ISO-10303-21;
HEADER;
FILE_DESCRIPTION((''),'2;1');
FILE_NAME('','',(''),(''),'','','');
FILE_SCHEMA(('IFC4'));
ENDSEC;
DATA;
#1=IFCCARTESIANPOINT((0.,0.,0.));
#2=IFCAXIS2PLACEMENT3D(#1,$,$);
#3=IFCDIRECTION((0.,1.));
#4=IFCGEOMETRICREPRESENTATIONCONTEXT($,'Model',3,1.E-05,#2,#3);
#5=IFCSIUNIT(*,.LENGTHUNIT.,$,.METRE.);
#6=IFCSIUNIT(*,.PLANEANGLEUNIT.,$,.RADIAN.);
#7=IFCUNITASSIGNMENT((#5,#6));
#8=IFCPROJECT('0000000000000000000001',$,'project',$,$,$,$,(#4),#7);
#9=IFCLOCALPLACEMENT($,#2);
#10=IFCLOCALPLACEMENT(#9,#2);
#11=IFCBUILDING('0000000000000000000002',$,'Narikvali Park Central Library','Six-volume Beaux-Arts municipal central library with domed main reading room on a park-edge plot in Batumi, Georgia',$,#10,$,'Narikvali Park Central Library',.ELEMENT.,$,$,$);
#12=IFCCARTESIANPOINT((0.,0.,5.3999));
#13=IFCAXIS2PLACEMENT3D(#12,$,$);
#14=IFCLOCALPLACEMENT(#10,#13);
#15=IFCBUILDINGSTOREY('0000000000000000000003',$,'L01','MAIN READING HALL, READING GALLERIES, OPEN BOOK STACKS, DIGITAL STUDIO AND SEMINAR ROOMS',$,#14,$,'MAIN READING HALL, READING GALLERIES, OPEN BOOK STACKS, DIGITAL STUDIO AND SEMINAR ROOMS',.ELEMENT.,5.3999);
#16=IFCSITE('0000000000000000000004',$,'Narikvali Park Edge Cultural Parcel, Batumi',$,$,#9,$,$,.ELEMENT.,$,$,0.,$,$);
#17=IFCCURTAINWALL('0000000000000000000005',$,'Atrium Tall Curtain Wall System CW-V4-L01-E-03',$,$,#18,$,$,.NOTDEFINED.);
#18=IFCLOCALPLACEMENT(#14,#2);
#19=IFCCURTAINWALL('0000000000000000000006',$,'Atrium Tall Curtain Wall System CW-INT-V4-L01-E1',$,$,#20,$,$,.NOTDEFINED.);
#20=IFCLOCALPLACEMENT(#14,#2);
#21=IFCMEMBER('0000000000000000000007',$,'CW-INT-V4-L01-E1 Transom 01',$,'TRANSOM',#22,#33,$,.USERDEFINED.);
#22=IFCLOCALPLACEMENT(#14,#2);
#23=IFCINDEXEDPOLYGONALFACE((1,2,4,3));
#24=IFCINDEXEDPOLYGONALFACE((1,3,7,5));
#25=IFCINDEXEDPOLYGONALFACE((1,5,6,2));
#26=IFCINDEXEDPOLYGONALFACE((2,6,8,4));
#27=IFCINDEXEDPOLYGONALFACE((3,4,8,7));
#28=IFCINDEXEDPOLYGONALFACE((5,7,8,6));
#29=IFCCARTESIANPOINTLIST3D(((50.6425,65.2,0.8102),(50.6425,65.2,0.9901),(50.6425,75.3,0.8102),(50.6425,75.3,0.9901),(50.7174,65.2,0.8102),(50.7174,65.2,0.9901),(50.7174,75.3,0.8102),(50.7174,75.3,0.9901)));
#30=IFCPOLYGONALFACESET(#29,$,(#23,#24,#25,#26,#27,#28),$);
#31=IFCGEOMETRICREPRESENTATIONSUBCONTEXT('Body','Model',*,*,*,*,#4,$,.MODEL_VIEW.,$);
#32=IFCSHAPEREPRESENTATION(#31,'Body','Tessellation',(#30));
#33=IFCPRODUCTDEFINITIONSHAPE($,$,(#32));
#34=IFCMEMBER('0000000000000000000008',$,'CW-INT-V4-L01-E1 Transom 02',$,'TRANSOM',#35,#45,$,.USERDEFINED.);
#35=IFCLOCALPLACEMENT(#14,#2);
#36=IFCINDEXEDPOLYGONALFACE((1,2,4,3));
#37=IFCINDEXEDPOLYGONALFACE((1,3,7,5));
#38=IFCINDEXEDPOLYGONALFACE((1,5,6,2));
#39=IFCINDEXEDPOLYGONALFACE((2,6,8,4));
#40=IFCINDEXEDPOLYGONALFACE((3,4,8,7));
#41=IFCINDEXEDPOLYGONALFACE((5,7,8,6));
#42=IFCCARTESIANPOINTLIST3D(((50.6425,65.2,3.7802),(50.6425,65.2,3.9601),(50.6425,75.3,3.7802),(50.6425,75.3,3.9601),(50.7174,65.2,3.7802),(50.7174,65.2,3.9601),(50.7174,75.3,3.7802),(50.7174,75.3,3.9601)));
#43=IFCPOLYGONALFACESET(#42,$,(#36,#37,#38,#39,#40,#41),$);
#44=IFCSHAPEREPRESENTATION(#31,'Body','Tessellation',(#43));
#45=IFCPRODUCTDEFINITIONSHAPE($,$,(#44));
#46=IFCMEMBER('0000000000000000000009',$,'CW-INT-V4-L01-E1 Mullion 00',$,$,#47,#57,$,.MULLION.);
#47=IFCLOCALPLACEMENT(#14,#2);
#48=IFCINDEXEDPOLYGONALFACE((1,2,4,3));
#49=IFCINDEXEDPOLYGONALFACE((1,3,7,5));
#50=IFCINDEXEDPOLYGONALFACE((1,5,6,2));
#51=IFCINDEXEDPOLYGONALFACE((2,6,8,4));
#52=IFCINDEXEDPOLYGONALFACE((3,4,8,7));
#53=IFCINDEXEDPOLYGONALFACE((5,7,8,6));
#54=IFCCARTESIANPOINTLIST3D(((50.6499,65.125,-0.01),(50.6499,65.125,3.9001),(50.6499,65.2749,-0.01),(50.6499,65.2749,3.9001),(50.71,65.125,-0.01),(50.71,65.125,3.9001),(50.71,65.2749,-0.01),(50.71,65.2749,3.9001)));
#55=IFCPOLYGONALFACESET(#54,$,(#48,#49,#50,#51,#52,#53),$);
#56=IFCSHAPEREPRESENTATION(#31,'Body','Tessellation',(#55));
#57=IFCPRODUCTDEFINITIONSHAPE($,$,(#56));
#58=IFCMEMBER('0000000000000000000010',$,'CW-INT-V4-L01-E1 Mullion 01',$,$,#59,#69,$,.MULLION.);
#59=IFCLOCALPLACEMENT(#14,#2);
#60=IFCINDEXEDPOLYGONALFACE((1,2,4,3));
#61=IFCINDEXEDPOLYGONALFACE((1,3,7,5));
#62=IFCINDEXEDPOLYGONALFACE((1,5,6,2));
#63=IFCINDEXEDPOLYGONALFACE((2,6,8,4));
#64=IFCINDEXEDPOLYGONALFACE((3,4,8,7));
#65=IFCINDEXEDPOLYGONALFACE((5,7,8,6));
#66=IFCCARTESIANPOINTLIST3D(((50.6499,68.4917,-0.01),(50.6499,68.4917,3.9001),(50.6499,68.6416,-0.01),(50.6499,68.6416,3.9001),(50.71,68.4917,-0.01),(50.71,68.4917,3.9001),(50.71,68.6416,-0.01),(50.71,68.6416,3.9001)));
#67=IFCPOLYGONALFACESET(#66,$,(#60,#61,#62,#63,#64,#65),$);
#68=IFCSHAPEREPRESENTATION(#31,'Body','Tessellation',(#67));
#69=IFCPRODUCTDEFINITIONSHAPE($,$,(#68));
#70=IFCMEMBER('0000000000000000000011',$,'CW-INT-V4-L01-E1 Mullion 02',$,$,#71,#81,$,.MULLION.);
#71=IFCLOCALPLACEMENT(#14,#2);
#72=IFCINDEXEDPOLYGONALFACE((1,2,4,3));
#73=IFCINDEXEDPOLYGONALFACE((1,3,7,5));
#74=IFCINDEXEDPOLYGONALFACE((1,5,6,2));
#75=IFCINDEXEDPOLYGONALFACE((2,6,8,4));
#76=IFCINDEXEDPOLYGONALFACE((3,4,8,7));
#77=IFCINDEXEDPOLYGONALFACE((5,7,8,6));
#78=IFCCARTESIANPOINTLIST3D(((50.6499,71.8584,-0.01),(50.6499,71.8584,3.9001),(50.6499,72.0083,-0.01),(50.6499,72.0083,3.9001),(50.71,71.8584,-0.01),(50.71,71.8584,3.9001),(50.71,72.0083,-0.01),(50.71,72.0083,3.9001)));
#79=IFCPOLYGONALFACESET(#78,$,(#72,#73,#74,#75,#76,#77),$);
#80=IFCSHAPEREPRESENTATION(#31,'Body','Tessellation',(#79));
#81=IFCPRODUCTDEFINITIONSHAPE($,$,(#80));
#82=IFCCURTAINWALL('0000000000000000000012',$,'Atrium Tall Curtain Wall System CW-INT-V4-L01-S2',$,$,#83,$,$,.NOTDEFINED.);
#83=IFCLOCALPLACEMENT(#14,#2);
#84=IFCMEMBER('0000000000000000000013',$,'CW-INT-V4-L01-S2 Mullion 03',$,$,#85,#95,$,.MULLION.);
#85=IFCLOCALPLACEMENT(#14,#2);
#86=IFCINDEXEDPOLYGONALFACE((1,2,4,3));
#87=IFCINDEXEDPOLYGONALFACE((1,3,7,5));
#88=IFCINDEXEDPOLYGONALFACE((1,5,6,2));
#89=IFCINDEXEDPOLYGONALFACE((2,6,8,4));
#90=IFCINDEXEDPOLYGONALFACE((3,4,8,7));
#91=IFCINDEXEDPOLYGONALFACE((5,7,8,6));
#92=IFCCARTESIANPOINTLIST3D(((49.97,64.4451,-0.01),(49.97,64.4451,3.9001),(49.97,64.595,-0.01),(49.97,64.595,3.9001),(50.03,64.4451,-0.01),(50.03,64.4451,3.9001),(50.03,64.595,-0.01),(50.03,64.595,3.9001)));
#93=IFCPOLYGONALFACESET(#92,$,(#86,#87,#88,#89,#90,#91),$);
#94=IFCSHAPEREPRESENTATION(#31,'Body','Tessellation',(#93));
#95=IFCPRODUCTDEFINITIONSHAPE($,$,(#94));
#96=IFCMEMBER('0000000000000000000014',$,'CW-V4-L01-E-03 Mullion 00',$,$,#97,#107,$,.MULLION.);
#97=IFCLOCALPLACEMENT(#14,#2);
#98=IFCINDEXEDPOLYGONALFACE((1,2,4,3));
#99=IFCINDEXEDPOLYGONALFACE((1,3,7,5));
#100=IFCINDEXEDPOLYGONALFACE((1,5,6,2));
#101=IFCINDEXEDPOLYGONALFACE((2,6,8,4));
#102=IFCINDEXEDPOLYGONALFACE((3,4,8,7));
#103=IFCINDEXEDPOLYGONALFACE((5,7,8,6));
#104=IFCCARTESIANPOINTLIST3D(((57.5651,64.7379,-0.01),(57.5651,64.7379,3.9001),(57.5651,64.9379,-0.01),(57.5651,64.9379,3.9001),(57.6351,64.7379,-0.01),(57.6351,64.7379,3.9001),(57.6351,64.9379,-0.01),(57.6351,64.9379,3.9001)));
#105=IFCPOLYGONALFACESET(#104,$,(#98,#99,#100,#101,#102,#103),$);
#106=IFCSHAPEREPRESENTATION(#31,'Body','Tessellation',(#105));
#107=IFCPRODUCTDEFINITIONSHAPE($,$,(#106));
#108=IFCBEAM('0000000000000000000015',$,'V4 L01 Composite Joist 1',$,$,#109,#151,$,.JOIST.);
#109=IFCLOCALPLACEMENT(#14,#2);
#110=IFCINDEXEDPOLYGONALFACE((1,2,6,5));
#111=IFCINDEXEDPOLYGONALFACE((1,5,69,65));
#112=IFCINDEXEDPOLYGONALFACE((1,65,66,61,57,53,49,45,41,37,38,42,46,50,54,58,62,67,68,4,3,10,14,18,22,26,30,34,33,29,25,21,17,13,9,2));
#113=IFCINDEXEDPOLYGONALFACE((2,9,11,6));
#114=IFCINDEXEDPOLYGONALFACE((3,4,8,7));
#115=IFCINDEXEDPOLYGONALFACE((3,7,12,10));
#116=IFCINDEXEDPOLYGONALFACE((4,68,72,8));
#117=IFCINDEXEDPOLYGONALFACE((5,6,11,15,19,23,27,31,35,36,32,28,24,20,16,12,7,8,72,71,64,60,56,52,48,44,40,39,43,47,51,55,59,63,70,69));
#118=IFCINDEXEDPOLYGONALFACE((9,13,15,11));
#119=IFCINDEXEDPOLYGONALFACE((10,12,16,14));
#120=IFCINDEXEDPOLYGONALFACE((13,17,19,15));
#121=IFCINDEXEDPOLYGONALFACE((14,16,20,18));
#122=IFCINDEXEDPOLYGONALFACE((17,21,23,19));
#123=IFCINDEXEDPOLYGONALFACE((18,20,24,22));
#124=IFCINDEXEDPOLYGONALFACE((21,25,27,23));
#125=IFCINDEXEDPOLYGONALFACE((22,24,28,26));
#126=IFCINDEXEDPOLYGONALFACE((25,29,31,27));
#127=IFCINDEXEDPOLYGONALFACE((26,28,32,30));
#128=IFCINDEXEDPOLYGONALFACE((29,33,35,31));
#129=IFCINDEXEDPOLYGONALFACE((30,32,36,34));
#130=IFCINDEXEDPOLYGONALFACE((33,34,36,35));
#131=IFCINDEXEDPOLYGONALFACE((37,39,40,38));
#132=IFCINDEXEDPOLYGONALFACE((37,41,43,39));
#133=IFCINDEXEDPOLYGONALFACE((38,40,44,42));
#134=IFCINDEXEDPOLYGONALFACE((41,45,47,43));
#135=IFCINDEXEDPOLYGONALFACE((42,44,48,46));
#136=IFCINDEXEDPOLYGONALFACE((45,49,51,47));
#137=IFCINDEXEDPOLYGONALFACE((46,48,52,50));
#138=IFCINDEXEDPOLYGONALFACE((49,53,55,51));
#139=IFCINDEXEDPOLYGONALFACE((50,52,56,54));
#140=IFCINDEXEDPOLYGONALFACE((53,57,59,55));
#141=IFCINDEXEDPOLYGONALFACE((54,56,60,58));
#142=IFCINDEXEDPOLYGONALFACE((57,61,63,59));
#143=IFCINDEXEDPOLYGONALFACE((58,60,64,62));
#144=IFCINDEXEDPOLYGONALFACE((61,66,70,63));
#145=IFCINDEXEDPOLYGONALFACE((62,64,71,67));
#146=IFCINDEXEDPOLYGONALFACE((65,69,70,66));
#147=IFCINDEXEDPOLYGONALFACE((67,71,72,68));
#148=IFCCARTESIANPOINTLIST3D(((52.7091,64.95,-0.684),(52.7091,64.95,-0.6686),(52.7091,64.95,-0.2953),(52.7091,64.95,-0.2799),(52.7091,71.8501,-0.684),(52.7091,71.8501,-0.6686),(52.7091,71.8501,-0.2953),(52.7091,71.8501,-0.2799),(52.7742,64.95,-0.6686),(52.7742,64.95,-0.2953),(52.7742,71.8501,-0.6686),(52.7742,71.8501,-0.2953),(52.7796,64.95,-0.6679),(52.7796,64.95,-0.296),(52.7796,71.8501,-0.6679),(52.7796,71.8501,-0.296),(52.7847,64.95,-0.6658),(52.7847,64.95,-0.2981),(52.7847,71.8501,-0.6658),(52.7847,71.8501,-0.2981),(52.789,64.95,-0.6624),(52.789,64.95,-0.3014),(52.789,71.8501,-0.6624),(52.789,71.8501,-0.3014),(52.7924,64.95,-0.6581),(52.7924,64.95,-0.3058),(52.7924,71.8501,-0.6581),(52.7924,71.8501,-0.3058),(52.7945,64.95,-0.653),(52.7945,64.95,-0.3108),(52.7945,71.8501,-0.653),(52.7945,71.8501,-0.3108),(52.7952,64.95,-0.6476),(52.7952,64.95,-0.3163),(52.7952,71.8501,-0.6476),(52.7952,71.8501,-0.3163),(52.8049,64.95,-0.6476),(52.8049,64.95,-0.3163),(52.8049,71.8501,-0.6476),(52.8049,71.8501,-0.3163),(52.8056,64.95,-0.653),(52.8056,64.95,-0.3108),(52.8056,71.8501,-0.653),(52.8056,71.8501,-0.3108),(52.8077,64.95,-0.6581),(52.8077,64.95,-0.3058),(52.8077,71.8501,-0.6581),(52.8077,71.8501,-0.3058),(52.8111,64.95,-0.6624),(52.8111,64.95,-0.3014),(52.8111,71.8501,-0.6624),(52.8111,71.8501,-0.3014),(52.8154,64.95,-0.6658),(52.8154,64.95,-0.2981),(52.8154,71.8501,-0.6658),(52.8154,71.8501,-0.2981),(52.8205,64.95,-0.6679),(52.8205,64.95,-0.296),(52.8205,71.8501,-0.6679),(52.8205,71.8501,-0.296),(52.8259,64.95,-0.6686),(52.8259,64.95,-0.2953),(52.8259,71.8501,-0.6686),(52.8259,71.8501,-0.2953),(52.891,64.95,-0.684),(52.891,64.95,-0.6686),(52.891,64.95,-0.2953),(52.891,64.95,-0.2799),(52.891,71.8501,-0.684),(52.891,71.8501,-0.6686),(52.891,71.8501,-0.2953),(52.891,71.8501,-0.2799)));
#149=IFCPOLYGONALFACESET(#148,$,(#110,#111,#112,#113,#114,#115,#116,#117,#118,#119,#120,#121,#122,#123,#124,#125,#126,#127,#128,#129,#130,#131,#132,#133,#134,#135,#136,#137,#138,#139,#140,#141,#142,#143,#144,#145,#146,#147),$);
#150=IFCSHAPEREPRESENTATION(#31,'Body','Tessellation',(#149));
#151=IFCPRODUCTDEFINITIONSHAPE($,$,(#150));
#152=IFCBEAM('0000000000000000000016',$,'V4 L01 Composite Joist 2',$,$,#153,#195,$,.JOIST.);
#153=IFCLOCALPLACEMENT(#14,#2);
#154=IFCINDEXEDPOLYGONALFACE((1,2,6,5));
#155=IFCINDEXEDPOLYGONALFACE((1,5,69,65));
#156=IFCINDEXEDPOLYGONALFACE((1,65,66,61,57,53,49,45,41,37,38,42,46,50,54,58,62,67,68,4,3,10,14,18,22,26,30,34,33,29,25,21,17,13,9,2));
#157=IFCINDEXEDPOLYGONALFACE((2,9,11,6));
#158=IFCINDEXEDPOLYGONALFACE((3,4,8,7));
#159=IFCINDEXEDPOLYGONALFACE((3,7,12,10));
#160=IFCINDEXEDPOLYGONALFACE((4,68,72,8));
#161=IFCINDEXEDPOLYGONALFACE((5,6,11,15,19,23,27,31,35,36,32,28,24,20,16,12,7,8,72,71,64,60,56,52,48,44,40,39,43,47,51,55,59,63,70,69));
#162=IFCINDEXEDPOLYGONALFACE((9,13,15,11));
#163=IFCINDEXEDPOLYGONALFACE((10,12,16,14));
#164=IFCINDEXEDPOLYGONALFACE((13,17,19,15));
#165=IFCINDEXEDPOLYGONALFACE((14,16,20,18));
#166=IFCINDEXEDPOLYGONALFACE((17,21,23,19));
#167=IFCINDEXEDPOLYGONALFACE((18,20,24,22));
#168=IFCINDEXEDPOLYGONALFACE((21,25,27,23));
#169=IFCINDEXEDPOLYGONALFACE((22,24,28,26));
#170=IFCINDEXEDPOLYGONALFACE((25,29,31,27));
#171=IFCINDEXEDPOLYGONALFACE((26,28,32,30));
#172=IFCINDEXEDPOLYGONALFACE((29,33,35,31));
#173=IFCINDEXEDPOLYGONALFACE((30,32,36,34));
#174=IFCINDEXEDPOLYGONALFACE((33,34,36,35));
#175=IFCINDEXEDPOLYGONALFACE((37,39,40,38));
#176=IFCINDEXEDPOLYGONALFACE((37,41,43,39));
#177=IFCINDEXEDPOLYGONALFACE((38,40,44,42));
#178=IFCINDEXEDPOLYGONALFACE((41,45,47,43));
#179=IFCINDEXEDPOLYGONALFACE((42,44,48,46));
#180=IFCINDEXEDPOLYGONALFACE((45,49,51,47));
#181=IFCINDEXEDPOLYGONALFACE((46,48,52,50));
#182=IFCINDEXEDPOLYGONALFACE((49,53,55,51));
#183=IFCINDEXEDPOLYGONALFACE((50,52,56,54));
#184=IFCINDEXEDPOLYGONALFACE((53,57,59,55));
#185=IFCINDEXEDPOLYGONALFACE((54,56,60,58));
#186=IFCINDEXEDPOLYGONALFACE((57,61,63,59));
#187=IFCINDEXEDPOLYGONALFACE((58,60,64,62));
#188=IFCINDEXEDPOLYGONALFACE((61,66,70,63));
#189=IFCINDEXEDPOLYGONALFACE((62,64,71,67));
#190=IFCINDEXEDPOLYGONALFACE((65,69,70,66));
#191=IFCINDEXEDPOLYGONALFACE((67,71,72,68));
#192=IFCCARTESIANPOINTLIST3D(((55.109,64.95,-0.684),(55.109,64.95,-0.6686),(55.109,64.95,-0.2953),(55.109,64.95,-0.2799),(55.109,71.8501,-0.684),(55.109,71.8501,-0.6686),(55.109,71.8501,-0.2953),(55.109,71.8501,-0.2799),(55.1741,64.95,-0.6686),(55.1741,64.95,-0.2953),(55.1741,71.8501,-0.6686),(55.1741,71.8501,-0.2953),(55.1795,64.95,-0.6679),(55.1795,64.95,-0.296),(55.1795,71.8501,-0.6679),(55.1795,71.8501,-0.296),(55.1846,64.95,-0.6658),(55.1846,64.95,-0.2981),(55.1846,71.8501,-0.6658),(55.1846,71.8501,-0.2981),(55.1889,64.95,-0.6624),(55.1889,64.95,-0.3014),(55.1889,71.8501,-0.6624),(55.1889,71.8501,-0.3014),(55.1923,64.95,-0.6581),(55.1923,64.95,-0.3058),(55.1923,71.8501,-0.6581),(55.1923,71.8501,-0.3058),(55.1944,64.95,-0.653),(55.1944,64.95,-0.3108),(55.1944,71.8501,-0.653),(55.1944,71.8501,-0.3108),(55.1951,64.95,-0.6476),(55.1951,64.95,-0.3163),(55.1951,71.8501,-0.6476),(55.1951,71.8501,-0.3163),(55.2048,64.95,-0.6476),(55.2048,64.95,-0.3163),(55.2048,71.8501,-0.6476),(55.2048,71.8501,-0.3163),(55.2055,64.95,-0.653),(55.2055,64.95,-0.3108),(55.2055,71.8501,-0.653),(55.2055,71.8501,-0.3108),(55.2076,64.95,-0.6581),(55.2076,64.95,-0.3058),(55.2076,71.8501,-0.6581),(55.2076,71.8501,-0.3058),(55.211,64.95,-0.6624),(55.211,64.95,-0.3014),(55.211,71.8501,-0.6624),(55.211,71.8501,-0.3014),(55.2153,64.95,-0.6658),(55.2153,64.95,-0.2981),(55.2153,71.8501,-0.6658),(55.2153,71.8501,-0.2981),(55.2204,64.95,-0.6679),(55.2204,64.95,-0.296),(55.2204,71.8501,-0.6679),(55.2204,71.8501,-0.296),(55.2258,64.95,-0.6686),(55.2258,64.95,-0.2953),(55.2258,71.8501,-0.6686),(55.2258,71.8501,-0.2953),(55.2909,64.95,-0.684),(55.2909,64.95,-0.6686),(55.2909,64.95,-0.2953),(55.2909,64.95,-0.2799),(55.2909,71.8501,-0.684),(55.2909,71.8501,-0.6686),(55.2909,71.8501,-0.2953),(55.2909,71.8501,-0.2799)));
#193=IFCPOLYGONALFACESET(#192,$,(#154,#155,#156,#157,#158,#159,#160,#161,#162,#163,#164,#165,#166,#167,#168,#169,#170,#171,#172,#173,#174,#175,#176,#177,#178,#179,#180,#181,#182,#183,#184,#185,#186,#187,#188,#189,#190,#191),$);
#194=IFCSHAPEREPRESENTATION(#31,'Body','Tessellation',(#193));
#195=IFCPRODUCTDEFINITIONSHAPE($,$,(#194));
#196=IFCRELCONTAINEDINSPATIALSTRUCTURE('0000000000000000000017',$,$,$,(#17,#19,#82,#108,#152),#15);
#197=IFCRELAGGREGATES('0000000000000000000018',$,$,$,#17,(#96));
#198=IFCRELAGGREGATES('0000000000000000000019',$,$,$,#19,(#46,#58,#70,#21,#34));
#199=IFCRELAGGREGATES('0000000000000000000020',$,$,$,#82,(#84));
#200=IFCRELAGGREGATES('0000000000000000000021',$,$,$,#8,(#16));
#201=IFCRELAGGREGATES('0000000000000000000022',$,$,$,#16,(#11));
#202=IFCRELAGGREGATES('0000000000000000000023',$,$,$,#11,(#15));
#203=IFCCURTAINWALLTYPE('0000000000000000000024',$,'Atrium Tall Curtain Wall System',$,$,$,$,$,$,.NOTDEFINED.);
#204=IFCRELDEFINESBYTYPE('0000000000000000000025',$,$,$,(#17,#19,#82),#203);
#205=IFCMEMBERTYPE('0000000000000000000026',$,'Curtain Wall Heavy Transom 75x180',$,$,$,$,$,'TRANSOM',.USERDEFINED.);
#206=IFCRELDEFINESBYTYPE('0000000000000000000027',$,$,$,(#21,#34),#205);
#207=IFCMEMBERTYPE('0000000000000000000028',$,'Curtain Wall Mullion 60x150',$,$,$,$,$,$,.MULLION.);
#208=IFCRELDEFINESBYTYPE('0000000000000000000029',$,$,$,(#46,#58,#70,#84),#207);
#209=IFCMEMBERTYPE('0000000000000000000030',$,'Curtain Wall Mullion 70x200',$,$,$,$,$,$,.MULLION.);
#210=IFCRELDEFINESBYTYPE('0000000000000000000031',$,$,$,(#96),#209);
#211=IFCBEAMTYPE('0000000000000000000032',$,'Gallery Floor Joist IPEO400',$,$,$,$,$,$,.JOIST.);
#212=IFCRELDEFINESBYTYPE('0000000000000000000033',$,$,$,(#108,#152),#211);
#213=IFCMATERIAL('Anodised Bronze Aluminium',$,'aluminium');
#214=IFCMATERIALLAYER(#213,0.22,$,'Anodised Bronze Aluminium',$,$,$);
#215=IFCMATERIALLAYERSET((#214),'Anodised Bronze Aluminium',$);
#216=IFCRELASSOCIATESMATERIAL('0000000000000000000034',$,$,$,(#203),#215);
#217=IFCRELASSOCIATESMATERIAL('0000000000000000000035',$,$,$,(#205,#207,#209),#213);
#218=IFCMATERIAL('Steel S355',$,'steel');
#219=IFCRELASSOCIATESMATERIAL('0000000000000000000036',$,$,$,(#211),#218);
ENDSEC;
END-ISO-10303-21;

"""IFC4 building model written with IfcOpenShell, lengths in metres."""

from ifc_helpers import new_model, si_unit, direction, frame, origin, origin_2d, place, context, subcontext, project, spatial, rectangle, i_section, extrude, material, layer, layer_set, material_profile, profile_set, type_object, element, aggregate, save


model = new_model("IFC4")

# Units and contexts
model_context = context("Model", 3, precision=1e-05, world=origin(), true_north=direction((0.0, 1.0)))
body_context = subcontext(model_context, "Body", "Model", "MODEL_VIEW")
ifc_project = project(units=[si_unit("LENGTHUNIT", "METRE"), si_unit("PLANEANGLEUNIT", "RADIAN")], contexts=[model_context])

# Site, building, storey
site_placement = place(None, origin())
site = spatial("IfcSite", under=ifc_project, at=site_placement, Name="Narikvali Park Edge Cultural Parcel, Batumi", CompositionType="ELEMENT", RefElevation=0.0)
building_placement = place(site_placement, origin())
building = spatial("IfcBuilding", under=site, at=building_placement, Name="Narikvali Park Central Library", Description="Six-volume Beaux-Arts municipal central library with domed main reading room on a park-edge plot in Batumi, Georgia", LongName="Narikvali Park Central Library", CompositionType="ELEMENT")
storey_placement = place(building_placement, frame((0.0, 0.0, 5.3999)))
storey = spatial("IfcBuildingStorey", under=building, at=storey_placement, Name="L01", Description="MAIN READING HALL, READING GALLERIES, OPEN BOOK STACKS, DIGITAL STUDIO AND SEMINAR ROOMS", LongName="MAIN READING HALL, READING GALLERIES, OPEN BOOK STACKS, DIGITAL STUDIO AND SEMINAR ROOMS", CompositionType="ELEMENT", Elevation=5.3999)

# Shared definitions
ifc_material_1 = material(Name="Steel S355", Category="steel")

# Curtain walls, members
ifc_material_2 = material(Name="Anodised Bronze Aluminium", Category="aluminium")
ifc_layer_1 = layer(ifc_material_2, 0.22, Name="Anodised Bronze Aluminium")
ifc_layer_set_1 = layer_set([ifc_layer_1], Name="Anodised Bronze Aluminium")
curtain_wall_type = type_object("IfcCurtainWallType", Name="Atrium Tall Curtain Wall System", PredefinedType="NOTDEFINED", material=ifc_layer_set_1)
curtain_wall_1_placement = place(storey_placement, origin())
curtain_wall_1 = element("IfcCurtainWall", 1, at=curtain_wall_1_placement, inside=storey, type_object=curtain_wall_type, Name="Atrium Tall Curtain Wall System CW-V4-L01-E-03", PredefinedType="NOTDEFINED")
ifc_material_profile_1 = material_profile(ifc_material_2, rectangle(XDim=0.075, YDim=0.1799, at=origin_2d()), Name="CW TRANSOM 75x180")
ifc_profile_set_1 = profile_set([ifc_material_profile_1], Name="Anodised Bronze Aluminium")
member_type_1 = type_object("IfcMemberType", Name="Curtain Wall Heavy Transom 75x180", ElementType="TRANSOM", PredefinedType="USERDEFINED", material=ifc_profile_set_1)
curtain_wall_2_placement = place(storey_placement, origin())
curtain_wall_2 = element("IfcCurtainWall", 2, at=curtain_wall_2_placement, inside=storey, type_object=curtain_wall_type, Name="Atrium Tall Curtain Wall System CW-INT-V4-L01-E1", PredefinedType="NOTDEFINED")
member_1_placement = place(storey_placement, frame((50.6799, 65.2, 0.9001), z_axis=(0.0, 1.0, 0.0), x_axis=(-1.0, 0.0, 0.0)))
member_1 = element("IfcMember", 3, at=member_1_placement, type_object=member_type_1, Name="CW-INT-V4-L01-E1 Transom 01", ObjectType="TRANSOM", PredefinedType="USERDEFINED", context=body_context, shape_type="SweptSolid", body=[
    extrude(rectangle(XDim=0.075, YDim=0.1799, at=origin_2d()), origin(), (0.0, 0.0, 1.0), 10.1001),
])
member_2_placement = place(storey_placement, frame((50.6799, 65.2, 3.8701), z_axis=(0.0, 1.0, 0.0), x_axis=(-1.0, 0.0, 0.0)))
member_2 = element("IfcMember", 4, at=member_2_placement, type_object=member_type_1, Name="CW-INT-V4-L01-E1 Transom 02", ObjectType="TRANSOM", PredefinedType="USERDEFINED", context=body_context, shape_type="SweptSolid", body=[
    extrude(rectangle(XDim=0.075, YDim=0.1799, at=origin_2d()), origin(), (0.0, 0.0, 1.0), 10.1001),
])
ifc_material_profile_2 = material_profile(ifc_material_2, rectangle(XDim=0.0601, YDim=0.1499, at=origin_2d()), Name="CW MULLION 60x150")
ifc_profile_set_2 = profile_set([ifc_material_profile_2], Name="Anodised Bronze Aluminium")
member_type_2 = type_object("IfcMemberType", Name="Curtain Wall Mullion 60x150", PredefinedType="MULLION", material=ifc_profile_set_2)
member_3_placement = place(storey_placement, frame((50.6799, 65.2, -0.01), z_axis=(0.0, 0.0, 1.0), x_axis=(1.0, 0.0, 0.0)))
member_3 = element("IfcMember", 5, at=member_3_placement, type_object=member_type_2, Name="CW-INT-V4-L01-E1 Mullion 00", PredefinedType="MULLION", context=body_context, shape_type="SweptSolid", body=[
    extrude(rectangle(XDim=0.0601, YDim=0.1499, at=origin_2d()), origin(), (0.0, 0.0, 1.0), 3.9102),
])
member_4_placement = place(storey_placement, frame((50.6799, 68.5667, -0.01), z_axis=(0.0, 0.0, 1.0), x_axis=(1.0, 0.0, 0.0)))
member_4 = element("IfcMember", 6, at=member_4_placement, type_object=member_type_2, Name="CW-INT-V4-L01-E1 Mullion 01", PredefinedType="MULLION", context=body_context, shape_type="SweptSolid", body=[
    extrude(rectangle(XDim=0.0601, YDim=0.1499, at=origin_2d()), origin(), (0.0, 0.0, 1.0), 3.9102),
])
member_5_placement = place(storey_placement, frame((50.6799, 71.9333, -0.01), z_axis=(0.0, 0.0, 1.0), x_axis=(1.0, 0.0, 0.0)))
member_5 = element("IfcMember", 7, at=member_5_placement, type_object=member_type_2, Name="CW-INT-V4-L01-E1 Mullion 02", PredefinedType="MULLION", context=body_context, shape_type="SweptSolid", body=[
    extrude(rectangle(XDim=0.0601, YDim=0.1499, at=origin_2d()), origin(), (0.0, 0.0, 1.0), 3.9102),
])

# Curtain wall, member
curtain_wall_3_placement = place(storey_placement, origin())
curtain_wall_3 = element("IfcCurtainWall", 8, at=curtain_wall_3_placement, inside=storey, type_object=curtain_wall_type, Name="Atrium Tall Curtain Wall System CW-INT-V4-L01-S2", PredefinedType="NOTDEFINED")
member_6_placement = place(storey_placement, frame((50.0, 64.52, -0.01), z_axis=(0.0, 0.0, 1.0), x_axis=(1.0, 0.0, 0.0)))
member_6 = element("IfcMember", 9, at=member_6_placement, type_object=member_type_2, Name="CW-INT-V4-L01-S2 Mullion 03", PredefinedType="MULLION", context=body_context, shape_type="SweptSolid", body=[
    extrude(rectangle(XDim=0.0601, YDim=0.1499, at=origin_2d()), origin(), (0.0, 0.0, 1.0), 3.9102),
])

# Member
ifc_material_profile_3 = material_profile(ifc_material_2, rectangle(XDim=0.0701, YDim=0.2, at=origin_2d()), Name="CW MULLION 70x200")
ifc_profile_set_3 = profile_set([ifc_material_profile_3], Name="Anodised Bronze Aluminium")
member_type_3 = type_object("IfcMemberType", Name="Curtain Wall Mullion 70x200", PredefinedType="MULLION", material=ifc_profile_set_3)
member_7_placement = place(storey_placement, frame((57.6001, 64.8379, -0.01), z_axis=(0.0, 0.0, 1.0), x_axis=(1.0, 0.0, 0.0)))
member_7 = element("IfcMember", 10, at=member_7_placement, type_object=member_type_3, Name="CW-V4-L01-E-03 Mullion 00", PredefinedType="MULLION", context=body_context, shape_type="SweptSolid", body=[
    extrude(rectangle(XDim=0.0701, YDim=0.2, at=origin_2d()), origin(), (0.0, 0.0, 1.0), 3.9102),
])

# Beams
ifc_material_profile_4 = material_profile(ifc_material_1, i_section(OverallWidth=0.1819, OverallDepth=0.4041, WebThickness=0.0098, FlangeThickness=0.0154, FilletRadius=0.021, at=origin_2d()), Name="IPEO 400")
ifc_profile_set_4 = profile_set([ifc_material_profile_4], Name="Steel S355")
beam_type_1 = type_object("IfcBeamType", Name="Gallery Floor Joist IPEO400", PredefinedType="JOIST", material=ifc_profile_set_4)
for number, where, z_axis, x_axis, name in (
    (11, (52.8, 64.95, -0.4819), (0.0, 1.0, 0.0), (-1.0, 0.0, 0.0), "V4 L01 Composite Joist 1"),
    (12, (55.2, 64.95, -0.4819), (0.0, 1.0, 0.0), (-1.0, 0.0, 0.0), "V4 L01 Composite Joist 2"),
):
    element("IfcBeam", number, at=place(storey_placement, frame(where, z_axis=z_axis, x_axis=x_axis)), inside=storey, type_object=beam_type_1, Name=name, PredefinedType="JOIST", context=body_context, shape_type="SweptSolid", body=[
        extrude(i_section(OverallWidth=0.1819, OverallDepth=0.4041, WebThickness=0.0098, FlangeThickness=0.0154, FilletRadius=0.021, at=origin_2d()), origin(), (0.0, 0.0, 1.0), 6.9001),
    ])

aggregate(curtain_wall_1, [member_7])
aggregate(curtain_wall_2, [member_3, member_4, member_5, member_1, member_2])
aggregate(curtain_wall_3, [member_6])

save(model, "model.ifc")
